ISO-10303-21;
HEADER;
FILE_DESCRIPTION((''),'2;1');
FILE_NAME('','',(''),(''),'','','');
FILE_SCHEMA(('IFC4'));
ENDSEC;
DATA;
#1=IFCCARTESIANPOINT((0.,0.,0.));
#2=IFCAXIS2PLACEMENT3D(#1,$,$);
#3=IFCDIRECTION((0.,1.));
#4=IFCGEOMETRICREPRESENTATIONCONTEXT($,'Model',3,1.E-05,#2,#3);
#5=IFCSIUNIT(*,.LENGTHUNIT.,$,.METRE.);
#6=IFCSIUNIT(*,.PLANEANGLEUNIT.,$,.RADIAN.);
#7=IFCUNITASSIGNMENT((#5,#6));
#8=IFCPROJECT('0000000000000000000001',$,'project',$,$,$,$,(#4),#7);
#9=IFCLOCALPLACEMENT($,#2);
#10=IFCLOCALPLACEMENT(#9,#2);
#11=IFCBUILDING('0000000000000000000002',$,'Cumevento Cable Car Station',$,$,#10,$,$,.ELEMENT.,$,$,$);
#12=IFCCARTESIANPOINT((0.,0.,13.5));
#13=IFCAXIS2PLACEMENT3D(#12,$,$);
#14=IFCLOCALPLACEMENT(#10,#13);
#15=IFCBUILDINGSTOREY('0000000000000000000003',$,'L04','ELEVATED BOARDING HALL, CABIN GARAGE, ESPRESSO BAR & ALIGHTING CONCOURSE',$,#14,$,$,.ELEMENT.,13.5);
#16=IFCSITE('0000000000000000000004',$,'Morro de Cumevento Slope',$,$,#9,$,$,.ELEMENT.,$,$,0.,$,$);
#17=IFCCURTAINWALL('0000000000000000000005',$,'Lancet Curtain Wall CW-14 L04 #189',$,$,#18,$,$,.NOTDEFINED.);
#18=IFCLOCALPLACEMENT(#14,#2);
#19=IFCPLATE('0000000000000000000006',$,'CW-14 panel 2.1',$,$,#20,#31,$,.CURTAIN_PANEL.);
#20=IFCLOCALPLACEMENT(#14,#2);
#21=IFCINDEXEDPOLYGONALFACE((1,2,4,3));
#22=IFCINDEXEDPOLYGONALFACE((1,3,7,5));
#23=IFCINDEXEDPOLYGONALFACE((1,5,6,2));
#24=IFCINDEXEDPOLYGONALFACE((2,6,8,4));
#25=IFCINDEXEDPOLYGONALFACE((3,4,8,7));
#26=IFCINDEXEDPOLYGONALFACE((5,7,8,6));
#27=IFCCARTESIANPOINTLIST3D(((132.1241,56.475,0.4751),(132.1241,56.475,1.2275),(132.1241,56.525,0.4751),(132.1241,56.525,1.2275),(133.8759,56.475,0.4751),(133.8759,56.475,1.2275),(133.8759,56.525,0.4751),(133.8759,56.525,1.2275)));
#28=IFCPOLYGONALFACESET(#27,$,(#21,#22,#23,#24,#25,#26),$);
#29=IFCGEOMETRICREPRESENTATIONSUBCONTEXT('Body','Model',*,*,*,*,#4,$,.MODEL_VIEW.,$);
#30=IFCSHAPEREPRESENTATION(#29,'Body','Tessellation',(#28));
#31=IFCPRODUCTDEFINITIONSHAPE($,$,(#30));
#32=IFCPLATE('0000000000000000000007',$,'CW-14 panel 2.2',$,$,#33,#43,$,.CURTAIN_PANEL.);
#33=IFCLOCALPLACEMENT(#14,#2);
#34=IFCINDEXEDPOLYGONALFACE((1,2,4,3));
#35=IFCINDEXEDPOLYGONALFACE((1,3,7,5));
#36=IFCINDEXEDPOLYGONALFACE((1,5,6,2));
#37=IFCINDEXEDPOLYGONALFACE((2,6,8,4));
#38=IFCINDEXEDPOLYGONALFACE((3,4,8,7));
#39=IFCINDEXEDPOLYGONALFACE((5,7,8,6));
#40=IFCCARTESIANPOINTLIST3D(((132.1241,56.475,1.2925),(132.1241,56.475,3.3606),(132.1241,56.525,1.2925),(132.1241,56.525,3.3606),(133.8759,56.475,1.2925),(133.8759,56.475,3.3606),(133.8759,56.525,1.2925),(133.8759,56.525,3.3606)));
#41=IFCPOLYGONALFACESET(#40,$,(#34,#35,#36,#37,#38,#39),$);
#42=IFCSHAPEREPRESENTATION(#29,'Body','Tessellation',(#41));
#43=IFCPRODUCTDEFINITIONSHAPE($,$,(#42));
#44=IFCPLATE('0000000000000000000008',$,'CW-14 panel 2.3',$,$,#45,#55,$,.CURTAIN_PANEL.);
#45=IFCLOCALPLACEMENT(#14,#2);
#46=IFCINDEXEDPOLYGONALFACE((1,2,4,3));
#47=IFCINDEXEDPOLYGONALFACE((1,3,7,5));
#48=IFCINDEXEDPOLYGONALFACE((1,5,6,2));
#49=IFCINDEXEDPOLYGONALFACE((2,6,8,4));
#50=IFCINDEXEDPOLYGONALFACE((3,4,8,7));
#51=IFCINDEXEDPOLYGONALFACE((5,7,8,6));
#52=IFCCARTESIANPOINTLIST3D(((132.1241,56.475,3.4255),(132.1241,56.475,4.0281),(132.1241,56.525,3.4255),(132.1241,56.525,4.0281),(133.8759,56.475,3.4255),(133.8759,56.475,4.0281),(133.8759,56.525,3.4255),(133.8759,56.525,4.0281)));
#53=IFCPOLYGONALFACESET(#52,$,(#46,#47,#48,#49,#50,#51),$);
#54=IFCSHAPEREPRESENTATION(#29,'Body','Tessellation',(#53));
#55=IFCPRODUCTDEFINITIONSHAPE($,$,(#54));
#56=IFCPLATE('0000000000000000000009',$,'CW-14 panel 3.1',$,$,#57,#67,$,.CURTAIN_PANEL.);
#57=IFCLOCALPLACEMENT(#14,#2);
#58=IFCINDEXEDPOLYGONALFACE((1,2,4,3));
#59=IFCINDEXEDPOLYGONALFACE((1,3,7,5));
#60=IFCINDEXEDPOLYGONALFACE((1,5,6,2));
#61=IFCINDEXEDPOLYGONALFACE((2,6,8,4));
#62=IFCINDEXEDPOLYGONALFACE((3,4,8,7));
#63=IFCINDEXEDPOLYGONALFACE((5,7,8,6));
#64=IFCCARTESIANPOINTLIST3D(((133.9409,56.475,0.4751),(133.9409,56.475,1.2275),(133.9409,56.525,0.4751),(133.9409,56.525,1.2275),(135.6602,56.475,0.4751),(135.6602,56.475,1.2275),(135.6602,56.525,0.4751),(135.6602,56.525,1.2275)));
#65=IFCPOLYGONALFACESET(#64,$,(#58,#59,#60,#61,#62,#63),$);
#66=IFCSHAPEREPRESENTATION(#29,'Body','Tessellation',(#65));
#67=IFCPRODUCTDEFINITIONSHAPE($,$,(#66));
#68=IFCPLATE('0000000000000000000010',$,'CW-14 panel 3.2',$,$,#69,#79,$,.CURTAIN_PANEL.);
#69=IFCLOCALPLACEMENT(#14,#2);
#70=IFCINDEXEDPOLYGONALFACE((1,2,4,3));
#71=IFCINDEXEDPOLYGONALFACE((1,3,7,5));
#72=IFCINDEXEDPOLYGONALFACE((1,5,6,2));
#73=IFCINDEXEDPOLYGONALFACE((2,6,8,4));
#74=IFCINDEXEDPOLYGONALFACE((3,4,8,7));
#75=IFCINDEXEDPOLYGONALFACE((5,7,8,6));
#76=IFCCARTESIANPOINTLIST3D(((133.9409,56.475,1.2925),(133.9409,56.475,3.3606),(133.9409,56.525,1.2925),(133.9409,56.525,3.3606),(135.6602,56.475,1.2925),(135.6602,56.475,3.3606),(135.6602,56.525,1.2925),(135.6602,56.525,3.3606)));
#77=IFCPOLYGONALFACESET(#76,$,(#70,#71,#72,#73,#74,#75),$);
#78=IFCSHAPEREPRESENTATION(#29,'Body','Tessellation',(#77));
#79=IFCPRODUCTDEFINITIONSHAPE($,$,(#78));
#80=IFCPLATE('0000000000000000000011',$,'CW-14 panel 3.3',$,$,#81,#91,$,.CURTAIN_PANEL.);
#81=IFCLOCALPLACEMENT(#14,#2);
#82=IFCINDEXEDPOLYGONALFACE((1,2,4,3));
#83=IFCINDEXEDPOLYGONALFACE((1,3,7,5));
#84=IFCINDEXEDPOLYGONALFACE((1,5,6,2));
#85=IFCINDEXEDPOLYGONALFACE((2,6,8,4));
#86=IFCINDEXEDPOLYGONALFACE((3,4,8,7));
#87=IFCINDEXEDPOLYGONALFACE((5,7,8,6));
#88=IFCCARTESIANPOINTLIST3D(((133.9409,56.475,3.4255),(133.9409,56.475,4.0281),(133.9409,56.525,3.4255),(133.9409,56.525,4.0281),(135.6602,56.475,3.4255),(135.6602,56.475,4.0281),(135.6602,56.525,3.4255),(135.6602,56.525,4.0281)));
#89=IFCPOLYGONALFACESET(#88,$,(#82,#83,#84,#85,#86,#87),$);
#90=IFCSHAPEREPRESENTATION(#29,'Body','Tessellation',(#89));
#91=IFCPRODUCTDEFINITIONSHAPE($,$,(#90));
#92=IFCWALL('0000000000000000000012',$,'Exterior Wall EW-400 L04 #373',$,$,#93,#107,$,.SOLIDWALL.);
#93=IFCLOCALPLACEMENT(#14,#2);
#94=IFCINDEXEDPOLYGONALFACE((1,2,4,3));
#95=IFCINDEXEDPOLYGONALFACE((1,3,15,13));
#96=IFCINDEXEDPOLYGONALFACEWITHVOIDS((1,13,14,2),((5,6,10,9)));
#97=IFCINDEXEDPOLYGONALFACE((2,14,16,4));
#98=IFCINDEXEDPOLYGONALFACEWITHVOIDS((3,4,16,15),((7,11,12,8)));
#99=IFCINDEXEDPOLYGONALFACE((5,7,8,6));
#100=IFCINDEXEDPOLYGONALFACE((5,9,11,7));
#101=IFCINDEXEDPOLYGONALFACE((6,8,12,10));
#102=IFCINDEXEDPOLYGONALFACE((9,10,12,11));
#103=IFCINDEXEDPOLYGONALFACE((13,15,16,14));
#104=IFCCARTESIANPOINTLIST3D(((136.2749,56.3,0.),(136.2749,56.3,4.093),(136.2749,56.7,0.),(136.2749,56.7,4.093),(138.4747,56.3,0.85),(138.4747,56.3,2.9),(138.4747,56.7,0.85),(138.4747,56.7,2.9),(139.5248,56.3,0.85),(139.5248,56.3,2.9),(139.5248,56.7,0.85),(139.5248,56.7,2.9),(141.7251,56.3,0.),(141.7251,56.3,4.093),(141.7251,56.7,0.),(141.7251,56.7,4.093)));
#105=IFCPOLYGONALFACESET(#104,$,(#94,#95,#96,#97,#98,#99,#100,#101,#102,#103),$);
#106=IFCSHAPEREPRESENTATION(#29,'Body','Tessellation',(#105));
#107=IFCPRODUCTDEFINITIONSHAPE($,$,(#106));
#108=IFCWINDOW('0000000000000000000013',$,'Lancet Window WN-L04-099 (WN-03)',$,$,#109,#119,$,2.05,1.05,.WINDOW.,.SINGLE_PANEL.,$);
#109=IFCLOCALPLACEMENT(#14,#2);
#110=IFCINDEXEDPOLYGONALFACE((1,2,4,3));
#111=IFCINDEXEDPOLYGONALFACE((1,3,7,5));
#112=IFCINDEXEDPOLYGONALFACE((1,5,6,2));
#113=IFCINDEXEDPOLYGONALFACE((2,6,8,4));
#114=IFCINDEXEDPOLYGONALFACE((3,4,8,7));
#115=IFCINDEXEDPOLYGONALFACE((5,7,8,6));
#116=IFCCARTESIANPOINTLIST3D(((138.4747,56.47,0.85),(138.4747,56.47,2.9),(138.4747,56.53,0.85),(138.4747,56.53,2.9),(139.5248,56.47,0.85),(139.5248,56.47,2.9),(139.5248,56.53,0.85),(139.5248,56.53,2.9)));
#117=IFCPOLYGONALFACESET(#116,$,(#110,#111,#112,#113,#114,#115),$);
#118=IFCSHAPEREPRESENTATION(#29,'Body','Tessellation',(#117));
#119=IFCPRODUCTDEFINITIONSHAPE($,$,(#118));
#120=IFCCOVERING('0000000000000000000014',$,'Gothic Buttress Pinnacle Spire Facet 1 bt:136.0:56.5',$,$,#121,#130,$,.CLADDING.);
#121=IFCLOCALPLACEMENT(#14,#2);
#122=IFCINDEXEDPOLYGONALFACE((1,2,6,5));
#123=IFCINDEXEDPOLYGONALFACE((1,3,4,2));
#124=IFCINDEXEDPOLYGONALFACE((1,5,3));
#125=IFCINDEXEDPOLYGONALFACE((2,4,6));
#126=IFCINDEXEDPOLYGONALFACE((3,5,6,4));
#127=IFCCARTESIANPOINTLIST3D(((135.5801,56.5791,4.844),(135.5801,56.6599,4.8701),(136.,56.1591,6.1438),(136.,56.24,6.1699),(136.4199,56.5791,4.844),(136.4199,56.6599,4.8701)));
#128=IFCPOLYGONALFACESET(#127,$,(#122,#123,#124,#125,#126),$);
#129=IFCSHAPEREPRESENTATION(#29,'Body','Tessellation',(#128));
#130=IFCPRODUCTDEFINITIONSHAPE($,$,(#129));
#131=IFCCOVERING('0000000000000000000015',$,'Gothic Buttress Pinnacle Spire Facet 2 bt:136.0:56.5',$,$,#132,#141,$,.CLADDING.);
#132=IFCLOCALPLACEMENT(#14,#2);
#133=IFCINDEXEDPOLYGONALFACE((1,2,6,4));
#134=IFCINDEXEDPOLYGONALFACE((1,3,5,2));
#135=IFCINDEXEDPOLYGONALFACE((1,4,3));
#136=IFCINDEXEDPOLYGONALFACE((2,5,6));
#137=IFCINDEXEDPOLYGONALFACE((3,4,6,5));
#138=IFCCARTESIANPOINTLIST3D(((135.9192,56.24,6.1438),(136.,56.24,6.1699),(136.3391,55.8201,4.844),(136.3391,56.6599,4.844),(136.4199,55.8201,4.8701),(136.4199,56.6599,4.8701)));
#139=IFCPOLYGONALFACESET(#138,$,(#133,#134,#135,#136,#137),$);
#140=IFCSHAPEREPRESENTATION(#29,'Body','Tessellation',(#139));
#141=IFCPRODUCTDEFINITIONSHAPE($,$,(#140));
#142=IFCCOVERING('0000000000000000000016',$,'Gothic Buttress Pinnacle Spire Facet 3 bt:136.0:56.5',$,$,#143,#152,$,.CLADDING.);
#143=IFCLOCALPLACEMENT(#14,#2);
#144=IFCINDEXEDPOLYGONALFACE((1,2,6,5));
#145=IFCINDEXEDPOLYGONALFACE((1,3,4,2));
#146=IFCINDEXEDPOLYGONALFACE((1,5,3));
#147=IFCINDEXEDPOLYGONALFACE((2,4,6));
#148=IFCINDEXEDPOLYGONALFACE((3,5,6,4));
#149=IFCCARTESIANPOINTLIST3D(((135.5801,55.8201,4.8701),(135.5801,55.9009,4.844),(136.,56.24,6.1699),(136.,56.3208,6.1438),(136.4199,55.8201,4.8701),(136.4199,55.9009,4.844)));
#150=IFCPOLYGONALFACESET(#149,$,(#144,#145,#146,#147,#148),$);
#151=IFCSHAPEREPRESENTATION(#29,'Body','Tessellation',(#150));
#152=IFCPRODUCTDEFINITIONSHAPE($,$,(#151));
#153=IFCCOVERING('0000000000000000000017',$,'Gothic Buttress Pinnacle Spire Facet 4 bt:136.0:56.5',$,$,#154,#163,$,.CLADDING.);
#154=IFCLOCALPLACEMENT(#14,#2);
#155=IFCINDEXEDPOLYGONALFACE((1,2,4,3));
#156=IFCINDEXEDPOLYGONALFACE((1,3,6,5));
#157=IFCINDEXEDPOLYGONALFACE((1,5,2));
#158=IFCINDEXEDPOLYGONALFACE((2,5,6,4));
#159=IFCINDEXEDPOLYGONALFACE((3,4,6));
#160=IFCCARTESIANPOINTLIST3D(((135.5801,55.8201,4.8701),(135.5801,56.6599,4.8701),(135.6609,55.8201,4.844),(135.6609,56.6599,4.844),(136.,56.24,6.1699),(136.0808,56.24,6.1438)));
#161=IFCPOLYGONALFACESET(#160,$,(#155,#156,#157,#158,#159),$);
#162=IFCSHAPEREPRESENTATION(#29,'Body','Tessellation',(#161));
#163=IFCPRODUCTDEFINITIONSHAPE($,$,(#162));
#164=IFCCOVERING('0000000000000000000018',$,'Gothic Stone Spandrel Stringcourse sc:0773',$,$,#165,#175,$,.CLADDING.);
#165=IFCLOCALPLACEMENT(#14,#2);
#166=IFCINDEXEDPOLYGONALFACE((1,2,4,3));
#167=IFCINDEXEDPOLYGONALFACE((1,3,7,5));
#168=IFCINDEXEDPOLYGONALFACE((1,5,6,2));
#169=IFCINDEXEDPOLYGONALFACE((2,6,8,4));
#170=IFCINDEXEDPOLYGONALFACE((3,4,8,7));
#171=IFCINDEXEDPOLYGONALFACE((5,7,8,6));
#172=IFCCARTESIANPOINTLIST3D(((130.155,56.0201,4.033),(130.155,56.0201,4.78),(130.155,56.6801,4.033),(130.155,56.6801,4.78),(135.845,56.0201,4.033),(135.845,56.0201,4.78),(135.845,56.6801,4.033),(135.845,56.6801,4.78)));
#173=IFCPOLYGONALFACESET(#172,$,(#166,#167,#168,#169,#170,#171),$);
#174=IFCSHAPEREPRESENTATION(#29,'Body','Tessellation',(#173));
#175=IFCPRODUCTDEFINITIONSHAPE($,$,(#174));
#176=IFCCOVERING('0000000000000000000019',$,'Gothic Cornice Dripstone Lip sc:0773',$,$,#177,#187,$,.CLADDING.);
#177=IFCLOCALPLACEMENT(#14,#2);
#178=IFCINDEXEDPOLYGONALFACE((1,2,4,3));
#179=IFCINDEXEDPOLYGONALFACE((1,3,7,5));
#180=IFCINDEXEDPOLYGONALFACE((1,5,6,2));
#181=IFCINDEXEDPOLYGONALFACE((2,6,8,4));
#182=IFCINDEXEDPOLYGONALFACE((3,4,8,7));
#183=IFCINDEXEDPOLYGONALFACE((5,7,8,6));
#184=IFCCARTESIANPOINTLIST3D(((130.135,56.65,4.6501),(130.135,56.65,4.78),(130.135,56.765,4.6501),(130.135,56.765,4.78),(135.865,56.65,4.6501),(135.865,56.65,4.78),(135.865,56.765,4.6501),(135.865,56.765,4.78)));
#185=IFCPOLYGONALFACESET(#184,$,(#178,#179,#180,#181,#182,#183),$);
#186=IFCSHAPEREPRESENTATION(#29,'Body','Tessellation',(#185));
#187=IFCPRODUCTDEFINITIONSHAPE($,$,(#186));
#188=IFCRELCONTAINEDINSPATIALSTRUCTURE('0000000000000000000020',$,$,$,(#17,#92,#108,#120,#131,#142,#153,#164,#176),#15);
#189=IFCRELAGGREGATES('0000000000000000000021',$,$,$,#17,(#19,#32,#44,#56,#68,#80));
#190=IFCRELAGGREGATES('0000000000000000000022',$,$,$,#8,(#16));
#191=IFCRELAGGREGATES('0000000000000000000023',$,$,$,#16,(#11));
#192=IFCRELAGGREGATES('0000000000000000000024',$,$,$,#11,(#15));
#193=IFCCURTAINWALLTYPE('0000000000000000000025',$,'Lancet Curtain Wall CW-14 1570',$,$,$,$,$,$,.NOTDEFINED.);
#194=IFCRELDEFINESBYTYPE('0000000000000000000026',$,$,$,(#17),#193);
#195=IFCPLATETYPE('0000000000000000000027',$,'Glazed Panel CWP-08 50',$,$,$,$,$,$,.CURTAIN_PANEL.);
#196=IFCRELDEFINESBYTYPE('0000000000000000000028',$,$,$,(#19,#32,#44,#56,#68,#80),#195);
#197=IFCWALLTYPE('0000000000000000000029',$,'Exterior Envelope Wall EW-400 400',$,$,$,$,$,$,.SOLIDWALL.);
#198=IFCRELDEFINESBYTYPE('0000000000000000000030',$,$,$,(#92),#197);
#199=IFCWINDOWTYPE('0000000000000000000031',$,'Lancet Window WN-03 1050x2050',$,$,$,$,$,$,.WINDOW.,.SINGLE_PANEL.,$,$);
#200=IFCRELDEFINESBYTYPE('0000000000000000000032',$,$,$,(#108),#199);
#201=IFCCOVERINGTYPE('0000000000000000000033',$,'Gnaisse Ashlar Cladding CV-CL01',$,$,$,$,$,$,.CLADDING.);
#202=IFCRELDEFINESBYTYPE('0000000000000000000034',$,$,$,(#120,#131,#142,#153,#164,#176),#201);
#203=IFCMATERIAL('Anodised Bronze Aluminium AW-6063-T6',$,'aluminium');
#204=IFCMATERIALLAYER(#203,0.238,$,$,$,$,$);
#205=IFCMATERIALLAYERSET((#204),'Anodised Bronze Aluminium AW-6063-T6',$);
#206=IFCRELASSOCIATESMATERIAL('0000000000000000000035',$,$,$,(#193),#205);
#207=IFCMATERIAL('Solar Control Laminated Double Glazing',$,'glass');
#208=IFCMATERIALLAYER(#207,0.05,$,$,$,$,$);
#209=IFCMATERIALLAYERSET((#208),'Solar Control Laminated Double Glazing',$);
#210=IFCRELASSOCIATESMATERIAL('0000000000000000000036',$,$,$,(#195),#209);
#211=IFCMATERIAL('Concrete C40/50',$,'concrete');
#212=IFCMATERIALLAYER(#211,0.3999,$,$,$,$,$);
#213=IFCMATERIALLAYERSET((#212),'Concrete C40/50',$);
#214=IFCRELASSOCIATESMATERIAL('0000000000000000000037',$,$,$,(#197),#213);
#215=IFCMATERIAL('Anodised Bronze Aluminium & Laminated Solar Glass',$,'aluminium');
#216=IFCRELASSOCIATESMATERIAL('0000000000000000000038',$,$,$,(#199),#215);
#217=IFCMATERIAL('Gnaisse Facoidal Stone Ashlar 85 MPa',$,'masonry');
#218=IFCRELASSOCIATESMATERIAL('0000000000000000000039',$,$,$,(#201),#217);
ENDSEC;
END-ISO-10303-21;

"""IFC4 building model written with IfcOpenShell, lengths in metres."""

from ifc_helpers import new_model, si_unit, direction, frame, frame_2d, origin, origin_2d, place, context, subcontext, project, spatial, polyline, rectangle, outline, extrude, material, layer, layer_set, type_object, element, fill, aggregate, save


model = new_model("IFC4")

# Units and contexts
model_context = context("Model", 3, precision=1e-05, world=origin(), true_north=direction((0.0, 1.0)))
body_context = subcontext(model_context, "Body", "Model", "MODEL_VIEW")
ifc_project = project(units=[si_unit("LENGTHUNIT", "METRE"), si_unit("PLANEANGLEUNIT", "RADIAN")], contexts=[model_context])

# Site, building, storey
site_placement = place(None, origin())
site = spatial("IfcSite", under=ifc_project, at=site_placement, Name="Morro de Cumevento Slope", CompositionType="ELEMENT", RefElevation=0.0)
building_placement = place(site_placement, origin())
building = spatial("IfcBuilding", under=site, at=building_placement, Name="Cumevento Cable Car Station", CompositionType="ELEMENT")
storey_placement = place(building_placement, frame((0.0, 0.0, 13.5)))
storey = spatial("IfcBuildingStorey", under=building, at=storey_placement, Name="L04", Description="ELEVATED BOARDING HALL, CABIN GARAGE, ESPRESSO BAR & ALIGHTING CONCOURSE", CompositionType="ELEMENT", Elevation=13.5)

# Curtain wall
ifc_material_1 = material(Name="Anodised Bronze Aluminium AW-6063-T6", Category="aluminium")
ifc_layer_1 = layer(ifc_material_1, 0.238)
ifc_layer_set_1 = layer_set([ifc_layer_1], Name="Anodised Bronze Aluminium AW-6063-T6")
curtain_wall_type = type_object("IfcCurtainWallType", Name="Lancet Curtain Wall CW-14 1570", PredefinedType="NOTDEFINED", material=ifc_layer_set_1)
curtain_wall_placement = place(storey_placement, origin())
curtain_wall = element("IfcCurtainWall", 1, at=curtain_wall_placement, inside=storey, type_object=curtain_wall_type, Name="Lancet Curtain Wall CW-14 L04 #189", PredefinedType="NOTDEFINED")

# Plates
ifc_material_2 = material(Name="Solar Control Laminated Double Glazing", Category="glass")
ifc_layer_2 = layer(ifc_material_2, 0.05)
ifc_layer_set_2 = layer_set([ifc_layer_2], Name="Solar Control Laminated Double Glazing")
plate_type = type_object("IfcPlateType", Name="Glazed Panel CWP-08 50", PredefinedType="CURTAIN_PANEL", material=ifc_layer_set_2)
plate_1_placement = place(storey_placement, frame((133.0, 56.5, 0.4751), z_axis=(0.0, 0.0, 1.0), x_axis=(1.0, 0.0, 0.0)))
plate_1 = element("IfcPlate", 2, at=plate_1_placement, type_object=plate_type, Name="CW-14 panel 2.1", PredefinedType="CURTAIN_PANEL", context=body_context, shape_type="SweptSolid", body=[
    extrude(rectangle(XDim=1.7517, YDim=0.05, at=origin_2d()), origin(), (0.0, 0.0, 1.0), 0.7524),
])
plate_2_placement = place(storey_placement, frame((133.0, 56.5, 1.2925), z_axis=(0.0, 0.0, 1.0), x_axis=(1.0, 0.0, 0.0)))
plate_2 = element("IfcPlate", 3, at=plate_2_placement, type_object=plate_type, Name="CW-14 panel 2.2", PredefinedType="CURTAIN_PANEL", context=body_context, shape_type="SweptSolid", body=[
    extrude(rectangle(XDim=1.7517, YDim=0.05, at=origin_2d()), origin(), (0.0, 0.0, 1.0), 2.0681),
])
plate_3_placement = place(storey_placement, frame((133.0, 56.5, 3.4255), z_axis=(0.0, 0.0, 1.0), x_axis=(1.0, 0.0, 0.0)))
plate_3 = element("IfcPlate", 4, at=plate_3_placement, type_object=plate_type, Name="CW-14 panel 2.3", PredefinedType="CURTAIN_PANEL", context=body_context, shape_type="SweptSolid", body=[
    extrude(rectangle(XDim=1.7517, YDim=0.05, at=origin_2d()), origin(), (0.0, 0.0, 1.0), 0.6025),
])
plate_4_placement = place(storey_placement, frame((134.8005, 56.5, 0.4751), z_axis=(0.0, 0.0, 1.0), x_axis=(1.0, 0.0, 0.0)))
plate_4 = element("IfcPlate", 5, at=plate_4_placement, type_object=plate_type, Name="CW-14 panel 3.1", PredefinedType="CURTAIN_PANEL", context=body_context, shape_type="SweptSolid", body=[
    extrude(rectangle(XDim=1.7192, YDim=0.05, at=origin_2d()), origin(), (0.0, 0.0, 1.0), 0.7524),
])
plate_5_placement = place(storey_placement, frame((134.8005, 56.5, 1.2925), z_axis=(0.0, 0.0, 1.0), x_axis=(1.0, 0.0, 0.0)))
plate_5 = element("IfcPlate", 6, at=plate_5_placement, type_object=plate_type, Name="CW-14 panel 3.2", PredefinedType="CURTAIN_PANEL", context=body_context, shape_type="SweptSolid", body=[
    extrude(rectangle(XDim=1.7192, YDim=0.05, at=origin_2d()), origin(), (0.0, 0.0, 1.0), 2.0681),
])
plate_6_placement = place(storey_placement, frame((134.8005, 56.5, 3.4255), z_axis=(0.0, 0.0, 1.0), x_axis=(1.0, 0.0, 0.0)))
plate_6 = element("IfcPlate", 7, at=plate_6_placement, type_object=plate_type, Name="CW-14 panel 3.3", PredefinedType="CURTAIN_PANEL", context=body_context, shape_type="SweptSolid", body=[
    extrude(rectangle(XDim=1.7192, YDim=0.05, at=origin_2d()), origin(), (0.0, 0.0, 1.0), 0.6025),
])
aggregate(curtain_wall, [plate_1, plate_2, plate_3, plate_4, plate_5, plate_6])

# Wall, opening, window
ifc_material_3 = material(Name="Concrete C40/50", Category="concrete")
ifc_layer_3 = layer(ifc_material_3, 0.3999)
ifc_layer_set_3 = layer_set([ifc_layer_3], Name="Concrete C40/50")
wall_type = type_object("IfcWallType", Name="Exterior Envelope Wall EW-400 400", PredefinedType="SOLIDWALL", material=ifc_layer_set_3)
wall_placement = place(storey_placement, frame((136.2749, 56.5, 0.0), z_axis=(0.0, 0.0, 1.0), x_axis=(1.0, 0.0, 0.0)))
wall = element("IfcWall", 8, at=wall_placement, inside=storey, type_object=wall_type, Name="Exterior Wall EW-400 L04 #373", PredefinedType="SOLIDWALL", context=body_context, shape_type="SweptSolid", body=[
    extrude(rectangle(XDim=5.4502, YDim=0.3999, at=frame_2d((2.7251, 0.0))), origin(), (0.0, 0.0, 1.0), 4.093),
])
opening_placement = place(wall_placement, frame((2.2, 0.0, 0.8501)))
opening = element("IfcOpeningElement", 9, at=opening_placement, cuts=wall, PredefinedType="OPENING", context=body_context, shape_type="SweptSolid", body=[
    extrude(rectangle(XDim=1.05, YDim=2.05, at=frame_2d((0.5249, 1.0249))), frame((0.0, 0.21, 0.0), z_axis=(0.0, -1.0, 0.0), x_axis=(1.0, 0.0, 0.0)), (0.0, 0.0, 1.0), 0.4199),
])
ifc_material_4 = material(Name="Anodised Bronze Aluminium & Laminated Solar Glass", Category="aluminium")
window_type = type_object("IfcWindowType", Name="Lancet Window WN-03 1050x2050", PartitioningType="SINGLE_PANEL", PredefinedType="WINDOW", material=ifc_material_4)
window_placement = place(opening_placement, origin())
window = element("IfcWindow", 10, at=window_placement, inside=storey, type_object=window_type, Name="Lancet Window WN-L04-099 (WN-03)", OverallHeight=2.05, OverallWidth=1.05, PartitioningType="SINGLE_PANEL", PredefinedType="WINDOW", context=body_context, shape_type="SweptSolid", body=[
    extrude(rectangle(XDim=1.05, YDim=2.05, at=frame_2d((0.5249, 1.0249))), frame((0.0, 0.03, 0.0), z_axis=(0.0, -1.0, 0.0), x_axis=(1.0, 0.0, 0.0)), (0.0, 0.0, 1.0), 0.0601),
])
fill(opening, window)

# Coverings
ifc_material_5 = material(Name="Gnaisse Facoidal Stone Ashlar 85 MPa", Category="masonry")
covering_type = type_object("IfcCoveringType", Name="Gnaisse Ashlar Cladding CV-CL01", PredefinedType="CLADDING", material=ifc_material_5)
for number, where, z_axis, x_axis, name in (
    (11, (135.5801, 56.6599, 4.8701), (0.0, 0.951574, 0.307421), (1.0, 0.0, 0.0), "Gothic Buttress Pinnacle Spire Facet 1 bt:136.0:56.5"),
    (12, (136.4199, 56.6599, 4.8701), (0.951574, 0.0, 0.307421), (0.0, -1.0, 0.0), "Gothic Buttress Pinnacle Spire Facet 2 bt:136.0:56.5"),
    (13, (136.4199, 55.8201, 4.8701), (0.0, -0.951574, 0.307421), (-1.0, 0.0, 0.0), "Gothic Buttress Pinnacle Spire Facet 3 bt:136.0:56.5"),
    (14, (135.5801, 55.8201, 4.8701), (-0.951574, 0.0, 0.307421), (0.0, 1.0, 0.0), "Gothic Buttress Pinnacle Spire Facet 4 bt:136.0:56.5"),
):
    element("IfcCovering", number, at=place(storey_placement, frame(where, z_axis=z_axis, x_axis=x_axis)), inside=storey, type_object=covering_type, Name=name, PredefinedType="CLADDING", context=body_context, shape_type="SweptSolid", body=[
        extrude(outline(polyline([(0.0, 0.0), (0.8398, 0.0), (0.4199, -1.366), (0.0, 0.0)])), origin(), (0.0, 0.0, -1.0), 0.085),
    ])
covering_1_placement = place(storey_placement, frame((133.0, 56.3501, 4.033), z_axis=(0.0, 0.0, 1.0), x_axis=(1.0, 0.0, 0.0)))
element("IfcCovering", 15, at=covering_1_placement, inside=storey, type_object=covering_type, Name="Gothic Stone Spandrel Stringcourse sc:0773", PredefinedType="CLADDING", context=body_context, shape_type="SweptSolid", body=[
    extrude(rectangle(XDim=5.6899, YDim=0.6599, at=origin_2d()), origin(), (0.0, 0.0, 1.0), 0.7471),
])
covering_2_placement = place(storey_placement, frame((133.0, 56.7075, 4.6501), z_axis=(0.0, 0.0, 1.0), x_axis=(1.0, 0.0, 0.0)))
element("IfcCovering", 16, at=covering_2_placement, inside=storey, type_object=covering_type, Name="Gothic Cornice Dripstone Lip sc:0773", PredefinedType="CLADDING", context=body_context, shape_type="SweptSolid", body=[
    extrude(rectangle(XDim=5.73, YDim=0.115, at=origin_2d()), origin(), (0.0, 0.0, 1.0), 0.1299),
])

save(model, "model.ifc")
